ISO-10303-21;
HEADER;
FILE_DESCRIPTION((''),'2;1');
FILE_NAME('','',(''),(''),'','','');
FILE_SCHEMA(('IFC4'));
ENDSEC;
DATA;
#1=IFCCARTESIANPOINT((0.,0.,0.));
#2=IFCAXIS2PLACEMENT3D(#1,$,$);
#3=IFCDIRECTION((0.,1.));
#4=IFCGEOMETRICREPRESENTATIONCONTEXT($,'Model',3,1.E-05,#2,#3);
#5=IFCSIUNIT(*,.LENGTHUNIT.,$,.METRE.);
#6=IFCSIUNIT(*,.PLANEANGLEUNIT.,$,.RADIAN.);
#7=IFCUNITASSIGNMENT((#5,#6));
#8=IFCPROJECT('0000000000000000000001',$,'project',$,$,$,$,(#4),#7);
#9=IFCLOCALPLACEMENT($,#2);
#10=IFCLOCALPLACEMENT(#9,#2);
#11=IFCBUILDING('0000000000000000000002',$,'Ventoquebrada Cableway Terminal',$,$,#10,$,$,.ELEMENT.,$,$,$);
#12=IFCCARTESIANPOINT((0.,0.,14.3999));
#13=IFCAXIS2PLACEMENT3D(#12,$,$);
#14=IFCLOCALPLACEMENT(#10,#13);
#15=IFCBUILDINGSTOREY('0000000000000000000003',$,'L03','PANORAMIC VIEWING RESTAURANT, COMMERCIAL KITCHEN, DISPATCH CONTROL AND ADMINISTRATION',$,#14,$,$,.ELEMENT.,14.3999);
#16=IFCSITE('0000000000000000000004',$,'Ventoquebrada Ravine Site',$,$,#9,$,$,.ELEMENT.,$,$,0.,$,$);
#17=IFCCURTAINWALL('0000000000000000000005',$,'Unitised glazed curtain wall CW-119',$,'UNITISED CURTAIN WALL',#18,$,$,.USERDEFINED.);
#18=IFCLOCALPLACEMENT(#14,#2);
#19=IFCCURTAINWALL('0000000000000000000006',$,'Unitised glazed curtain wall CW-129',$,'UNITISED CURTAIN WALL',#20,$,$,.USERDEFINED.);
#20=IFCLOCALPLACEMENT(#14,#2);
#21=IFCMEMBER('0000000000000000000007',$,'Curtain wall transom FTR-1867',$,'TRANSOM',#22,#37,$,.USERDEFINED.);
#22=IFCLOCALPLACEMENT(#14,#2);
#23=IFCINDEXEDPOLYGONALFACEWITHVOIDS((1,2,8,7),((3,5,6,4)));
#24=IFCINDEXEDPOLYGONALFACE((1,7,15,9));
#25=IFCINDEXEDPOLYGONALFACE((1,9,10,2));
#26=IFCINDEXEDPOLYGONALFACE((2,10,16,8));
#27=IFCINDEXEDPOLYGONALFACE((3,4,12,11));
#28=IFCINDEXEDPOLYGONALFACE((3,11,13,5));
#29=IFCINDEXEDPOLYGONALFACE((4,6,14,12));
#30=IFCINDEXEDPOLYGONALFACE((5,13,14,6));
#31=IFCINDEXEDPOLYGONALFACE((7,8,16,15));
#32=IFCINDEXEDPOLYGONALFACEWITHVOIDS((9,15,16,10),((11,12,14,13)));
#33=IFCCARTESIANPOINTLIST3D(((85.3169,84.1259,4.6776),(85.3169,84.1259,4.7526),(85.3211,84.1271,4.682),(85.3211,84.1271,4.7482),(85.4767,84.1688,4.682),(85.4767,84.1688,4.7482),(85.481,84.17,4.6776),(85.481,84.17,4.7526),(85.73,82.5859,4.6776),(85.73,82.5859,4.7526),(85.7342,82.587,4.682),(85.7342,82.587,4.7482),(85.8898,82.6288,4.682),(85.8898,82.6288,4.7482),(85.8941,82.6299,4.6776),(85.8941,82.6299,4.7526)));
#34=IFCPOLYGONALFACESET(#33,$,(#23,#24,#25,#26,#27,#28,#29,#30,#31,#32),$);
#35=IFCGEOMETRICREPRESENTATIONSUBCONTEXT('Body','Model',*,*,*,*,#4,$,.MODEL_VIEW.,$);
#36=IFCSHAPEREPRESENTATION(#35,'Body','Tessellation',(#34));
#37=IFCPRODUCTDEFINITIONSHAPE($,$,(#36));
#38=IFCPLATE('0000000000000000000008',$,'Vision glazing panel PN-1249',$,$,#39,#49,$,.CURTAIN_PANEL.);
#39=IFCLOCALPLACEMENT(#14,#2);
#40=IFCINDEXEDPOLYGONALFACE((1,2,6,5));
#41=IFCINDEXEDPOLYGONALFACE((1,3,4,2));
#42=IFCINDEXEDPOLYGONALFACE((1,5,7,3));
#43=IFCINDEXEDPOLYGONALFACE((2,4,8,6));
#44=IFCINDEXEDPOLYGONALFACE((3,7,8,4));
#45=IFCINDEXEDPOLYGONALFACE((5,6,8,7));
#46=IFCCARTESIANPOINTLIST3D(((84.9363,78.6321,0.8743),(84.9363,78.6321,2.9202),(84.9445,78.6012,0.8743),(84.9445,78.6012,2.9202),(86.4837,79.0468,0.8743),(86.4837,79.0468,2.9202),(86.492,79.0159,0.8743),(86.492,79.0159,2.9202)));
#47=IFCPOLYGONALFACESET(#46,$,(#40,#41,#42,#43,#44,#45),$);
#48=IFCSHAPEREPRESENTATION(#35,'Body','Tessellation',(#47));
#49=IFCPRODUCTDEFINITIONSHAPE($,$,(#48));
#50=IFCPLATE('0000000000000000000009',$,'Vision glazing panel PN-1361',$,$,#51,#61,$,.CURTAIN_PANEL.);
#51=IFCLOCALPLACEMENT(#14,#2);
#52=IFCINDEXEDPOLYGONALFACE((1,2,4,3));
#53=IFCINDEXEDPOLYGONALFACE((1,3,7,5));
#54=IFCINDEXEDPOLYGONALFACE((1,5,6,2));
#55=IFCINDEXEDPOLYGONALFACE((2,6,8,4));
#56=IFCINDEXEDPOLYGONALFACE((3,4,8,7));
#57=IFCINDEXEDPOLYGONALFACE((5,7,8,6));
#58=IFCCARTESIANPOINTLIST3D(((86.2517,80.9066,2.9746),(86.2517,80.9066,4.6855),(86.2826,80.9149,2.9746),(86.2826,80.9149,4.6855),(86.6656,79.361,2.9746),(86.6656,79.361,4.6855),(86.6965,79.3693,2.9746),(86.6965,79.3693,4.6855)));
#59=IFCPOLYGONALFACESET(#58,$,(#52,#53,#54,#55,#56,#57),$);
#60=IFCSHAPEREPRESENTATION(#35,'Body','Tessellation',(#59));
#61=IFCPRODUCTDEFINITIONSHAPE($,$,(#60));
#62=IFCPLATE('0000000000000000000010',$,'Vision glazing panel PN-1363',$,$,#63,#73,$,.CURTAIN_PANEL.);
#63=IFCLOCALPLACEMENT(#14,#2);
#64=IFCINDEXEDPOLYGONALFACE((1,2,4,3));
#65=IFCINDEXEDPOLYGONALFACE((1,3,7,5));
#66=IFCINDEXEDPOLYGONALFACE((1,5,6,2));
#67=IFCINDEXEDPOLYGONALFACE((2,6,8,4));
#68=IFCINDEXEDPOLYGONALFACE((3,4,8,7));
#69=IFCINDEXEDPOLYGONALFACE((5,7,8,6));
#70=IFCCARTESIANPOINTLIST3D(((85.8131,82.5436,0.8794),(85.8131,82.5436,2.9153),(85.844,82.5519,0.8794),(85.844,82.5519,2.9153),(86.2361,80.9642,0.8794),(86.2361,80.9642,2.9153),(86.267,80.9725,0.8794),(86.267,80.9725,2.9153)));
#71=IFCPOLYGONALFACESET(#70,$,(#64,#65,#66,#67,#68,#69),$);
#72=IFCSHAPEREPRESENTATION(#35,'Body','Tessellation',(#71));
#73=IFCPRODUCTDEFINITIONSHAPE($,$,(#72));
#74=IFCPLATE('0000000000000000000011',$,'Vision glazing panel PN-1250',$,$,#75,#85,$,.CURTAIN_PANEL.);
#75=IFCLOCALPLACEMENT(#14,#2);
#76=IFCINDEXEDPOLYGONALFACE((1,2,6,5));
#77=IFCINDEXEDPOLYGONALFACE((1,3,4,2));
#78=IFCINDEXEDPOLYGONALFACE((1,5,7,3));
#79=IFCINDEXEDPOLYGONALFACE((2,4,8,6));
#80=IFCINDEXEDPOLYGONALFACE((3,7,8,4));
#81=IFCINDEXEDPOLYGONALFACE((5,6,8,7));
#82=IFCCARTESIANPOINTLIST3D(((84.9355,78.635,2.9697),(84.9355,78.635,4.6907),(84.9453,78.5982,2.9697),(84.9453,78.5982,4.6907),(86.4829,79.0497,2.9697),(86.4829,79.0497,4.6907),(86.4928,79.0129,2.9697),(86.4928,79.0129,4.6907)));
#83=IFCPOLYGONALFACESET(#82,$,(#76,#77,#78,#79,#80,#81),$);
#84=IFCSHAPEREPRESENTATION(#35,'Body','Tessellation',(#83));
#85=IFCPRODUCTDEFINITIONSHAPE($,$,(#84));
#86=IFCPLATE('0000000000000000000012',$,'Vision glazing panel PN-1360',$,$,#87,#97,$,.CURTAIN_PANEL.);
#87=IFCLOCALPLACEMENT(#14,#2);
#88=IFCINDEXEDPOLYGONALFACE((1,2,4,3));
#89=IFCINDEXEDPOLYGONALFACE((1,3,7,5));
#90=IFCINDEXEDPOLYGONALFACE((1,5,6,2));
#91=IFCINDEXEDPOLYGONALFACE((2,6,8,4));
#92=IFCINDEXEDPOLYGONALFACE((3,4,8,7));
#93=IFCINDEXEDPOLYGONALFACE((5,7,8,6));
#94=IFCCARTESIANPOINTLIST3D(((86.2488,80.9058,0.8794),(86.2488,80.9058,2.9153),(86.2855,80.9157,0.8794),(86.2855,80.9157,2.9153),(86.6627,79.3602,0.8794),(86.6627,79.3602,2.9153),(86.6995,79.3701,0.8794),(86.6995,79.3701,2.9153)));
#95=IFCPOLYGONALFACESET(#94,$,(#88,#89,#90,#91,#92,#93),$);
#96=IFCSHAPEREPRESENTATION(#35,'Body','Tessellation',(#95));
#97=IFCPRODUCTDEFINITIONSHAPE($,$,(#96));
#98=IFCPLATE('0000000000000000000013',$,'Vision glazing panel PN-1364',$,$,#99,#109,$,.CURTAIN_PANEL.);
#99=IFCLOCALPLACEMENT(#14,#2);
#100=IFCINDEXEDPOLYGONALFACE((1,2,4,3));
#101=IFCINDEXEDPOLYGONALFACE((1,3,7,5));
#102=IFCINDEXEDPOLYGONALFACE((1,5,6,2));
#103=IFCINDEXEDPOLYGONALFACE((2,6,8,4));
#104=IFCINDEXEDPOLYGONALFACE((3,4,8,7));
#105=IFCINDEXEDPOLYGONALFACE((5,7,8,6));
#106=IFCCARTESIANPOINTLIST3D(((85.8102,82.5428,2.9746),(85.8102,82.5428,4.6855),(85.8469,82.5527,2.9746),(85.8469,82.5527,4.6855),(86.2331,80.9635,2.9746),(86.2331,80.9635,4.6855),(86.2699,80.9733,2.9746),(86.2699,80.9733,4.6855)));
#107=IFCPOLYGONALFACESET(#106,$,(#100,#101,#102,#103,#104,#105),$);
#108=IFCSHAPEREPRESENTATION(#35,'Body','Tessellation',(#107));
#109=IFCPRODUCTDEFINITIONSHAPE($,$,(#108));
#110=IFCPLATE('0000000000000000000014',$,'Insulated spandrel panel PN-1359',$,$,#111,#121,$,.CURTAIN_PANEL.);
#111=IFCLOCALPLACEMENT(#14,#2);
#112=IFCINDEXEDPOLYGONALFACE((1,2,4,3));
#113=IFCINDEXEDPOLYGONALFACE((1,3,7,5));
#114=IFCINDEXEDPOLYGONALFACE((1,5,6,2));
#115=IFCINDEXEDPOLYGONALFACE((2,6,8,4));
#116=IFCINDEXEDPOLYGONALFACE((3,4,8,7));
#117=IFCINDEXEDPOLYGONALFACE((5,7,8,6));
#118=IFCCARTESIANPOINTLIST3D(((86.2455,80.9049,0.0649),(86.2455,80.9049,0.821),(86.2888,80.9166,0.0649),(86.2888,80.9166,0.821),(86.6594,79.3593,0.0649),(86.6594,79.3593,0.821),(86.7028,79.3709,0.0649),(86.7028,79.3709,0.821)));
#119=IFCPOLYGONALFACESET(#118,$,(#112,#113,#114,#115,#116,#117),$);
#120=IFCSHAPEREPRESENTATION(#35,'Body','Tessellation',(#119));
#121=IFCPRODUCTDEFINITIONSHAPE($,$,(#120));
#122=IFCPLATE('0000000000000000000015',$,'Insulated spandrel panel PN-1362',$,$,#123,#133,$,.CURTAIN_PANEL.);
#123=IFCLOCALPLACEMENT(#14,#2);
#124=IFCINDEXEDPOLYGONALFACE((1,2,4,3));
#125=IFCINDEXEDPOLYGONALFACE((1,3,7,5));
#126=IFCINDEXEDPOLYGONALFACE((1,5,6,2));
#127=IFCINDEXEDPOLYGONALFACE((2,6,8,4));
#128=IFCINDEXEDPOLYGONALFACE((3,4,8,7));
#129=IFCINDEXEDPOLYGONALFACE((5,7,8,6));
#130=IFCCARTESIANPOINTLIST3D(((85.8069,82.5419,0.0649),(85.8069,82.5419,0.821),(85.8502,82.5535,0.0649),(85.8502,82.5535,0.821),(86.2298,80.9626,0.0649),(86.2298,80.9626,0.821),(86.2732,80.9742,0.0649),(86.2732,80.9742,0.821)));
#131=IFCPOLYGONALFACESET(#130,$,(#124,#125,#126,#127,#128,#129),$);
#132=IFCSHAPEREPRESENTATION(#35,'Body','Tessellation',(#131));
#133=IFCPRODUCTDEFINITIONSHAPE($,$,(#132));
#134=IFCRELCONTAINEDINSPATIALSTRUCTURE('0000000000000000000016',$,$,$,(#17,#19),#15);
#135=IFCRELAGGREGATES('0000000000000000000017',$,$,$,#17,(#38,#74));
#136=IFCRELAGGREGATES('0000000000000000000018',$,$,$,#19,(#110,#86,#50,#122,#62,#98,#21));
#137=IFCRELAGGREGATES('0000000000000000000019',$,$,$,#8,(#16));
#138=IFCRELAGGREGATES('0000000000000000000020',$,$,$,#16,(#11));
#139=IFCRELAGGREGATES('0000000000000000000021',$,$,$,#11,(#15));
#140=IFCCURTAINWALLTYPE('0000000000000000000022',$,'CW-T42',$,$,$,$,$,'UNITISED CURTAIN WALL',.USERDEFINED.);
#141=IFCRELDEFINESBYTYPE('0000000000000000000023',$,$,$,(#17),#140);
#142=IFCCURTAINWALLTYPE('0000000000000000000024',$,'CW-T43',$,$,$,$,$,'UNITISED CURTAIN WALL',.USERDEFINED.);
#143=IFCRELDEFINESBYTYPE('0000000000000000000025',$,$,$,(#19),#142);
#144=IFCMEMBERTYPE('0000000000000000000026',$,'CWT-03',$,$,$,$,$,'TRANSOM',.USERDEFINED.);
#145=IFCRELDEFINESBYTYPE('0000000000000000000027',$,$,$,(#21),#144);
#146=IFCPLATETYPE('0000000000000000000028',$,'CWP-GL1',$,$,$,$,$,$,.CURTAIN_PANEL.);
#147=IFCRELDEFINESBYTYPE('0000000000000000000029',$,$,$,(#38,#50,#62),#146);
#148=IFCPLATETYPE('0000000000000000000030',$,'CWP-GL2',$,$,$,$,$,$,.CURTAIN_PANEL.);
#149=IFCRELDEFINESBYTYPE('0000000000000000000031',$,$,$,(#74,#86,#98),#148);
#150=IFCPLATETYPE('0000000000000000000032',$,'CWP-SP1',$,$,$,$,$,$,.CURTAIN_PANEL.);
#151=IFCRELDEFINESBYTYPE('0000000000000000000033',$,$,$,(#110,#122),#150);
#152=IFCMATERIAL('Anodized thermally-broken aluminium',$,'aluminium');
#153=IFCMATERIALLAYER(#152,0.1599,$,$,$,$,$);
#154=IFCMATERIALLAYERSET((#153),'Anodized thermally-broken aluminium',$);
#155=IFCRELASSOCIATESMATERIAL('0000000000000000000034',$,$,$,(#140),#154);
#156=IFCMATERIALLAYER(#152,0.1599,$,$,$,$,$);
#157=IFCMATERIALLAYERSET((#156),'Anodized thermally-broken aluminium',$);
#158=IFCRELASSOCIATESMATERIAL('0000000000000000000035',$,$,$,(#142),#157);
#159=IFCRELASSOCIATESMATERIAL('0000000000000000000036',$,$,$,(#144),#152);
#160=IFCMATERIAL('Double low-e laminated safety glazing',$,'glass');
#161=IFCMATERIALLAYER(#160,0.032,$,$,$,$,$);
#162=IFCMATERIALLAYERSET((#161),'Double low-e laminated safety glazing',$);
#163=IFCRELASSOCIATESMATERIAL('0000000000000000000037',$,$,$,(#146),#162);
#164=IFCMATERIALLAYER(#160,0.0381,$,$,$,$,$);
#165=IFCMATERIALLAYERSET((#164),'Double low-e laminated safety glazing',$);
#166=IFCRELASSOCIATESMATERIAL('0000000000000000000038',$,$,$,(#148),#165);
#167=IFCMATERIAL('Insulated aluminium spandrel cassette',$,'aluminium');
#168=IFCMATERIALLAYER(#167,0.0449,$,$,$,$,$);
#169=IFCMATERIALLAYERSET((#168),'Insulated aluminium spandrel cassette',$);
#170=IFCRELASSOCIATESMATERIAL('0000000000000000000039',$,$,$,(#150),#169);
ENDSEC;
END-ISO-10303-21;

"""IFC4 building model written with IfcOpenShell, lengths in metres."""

from ifc_helpers import new_model, si_unit, direction, frame, origin, origin_2d, place, context, subcontext, project, spatial, rectangle, hollow_rectangle, extrude, material, layer, layer_set, material_profile, profile_set, type_object, element, aggregate, save


model = new_model("IFC4")

# Units and contexts
model_context = context("Model", 3, precision=1e-05, world=origin(), true_north=direction((0.0, 1.0)))
body_context = subcontext(model_context, "Body", "Model", "MODEL_VIEW")
ifc_project = project(units=[si_unit("LENGTHUNIT", "METRE"), si_unit("PLANEANGLEUNIT", "RADIAN")], contexts=[model_context])

# Site, building, storey
site_placement = place(None, origin())
site = spatial("IfcSite", under=ifc_project, at=site_placement, Name="Ventoquebrada Ravine Site", CompositionType="ELEMENT", RefElevation=0.0)
building_placement = place(site_placement, origin())
building = spatial("IfcBuilding", under=site, at=building_placement, Name="Ventoquebrada Cableway Terminal", CompositionType="ELEMENT")
storey_placement = place(building_placement, frame((0.0, 0.0, 14.3999)))
storey = spatial("IfcBuildingStorey", under=building, at=storey_placement, Name="L03", Description="PANORAMIC VIEWING RESTAURANT, COMMERCIAL KITCHEN, DISPATCH CONTROL AND ADMINISTRATION", CompositionType="ELEMENT", Elevation=14.3999)

# Curtain wall
ifc_material_1 = material(Name="Anodized thermally-broken aluminium", Category="aluminium")
ifc_layer_1 = layer(ifc_material_1, 0.1599)
ifc_layer_set_1 = layer_set([ifc_layer_1], Name="Anodized thermally-broken aluminium")
curtain_wall_type_1 = type_object("IfcCurtainWallType", Name="CW-T42", ElementType="UNITISED CURTAIN WALL", PredefinedType="USERDEFINED", material=ifc_layer_set_1)
curtain_wall_1_placement = place(storey_placement, origin())
curtain_wall_1 = element("IfcCurtainWall", 1, at=curtain_wall_1_placement, inside=storey, type_object=curtain_wall_type_1, Name="Unitised glazed curtain wall CW-119", ObjectType="UNITISED CURTAIN WALL", PredefinedType="USERDEFINED")

# Curtain wall, member
ifc_layer_2 = layer(ifc_material_1, 0.1599)
ifc_layer_set_2 = layer_set([ifc_layer_2], Name="Anodized thermally-broken aluminium")
curtain_wall_type_2 = type_object("IfcCurtainWallType", Name="CW-T43", ElementType="UNITISED CURTAIN WALL", PredefinedType="USERDEFINED", material=ifc_layer_set_2)
curtain_wall_2_placement = place(storey_placement, origin())
curtain_wall_2 = element("IfcCurtainWall", 2, at=curtain_wall_2_placement, inside=storey, type_object=curtain_wall_type_2, Name="Unitised glazed curtain wall CW-129", ObjectType="UNITISED CURTAIN WALL", PredefinedType="USERDEFINED")
ifc_material_profile_1 = material_profile(ifc_material_1, hollow_rectangle(XDim=0.075, YDim=0.1699, WallThickness=0.0044, at=origin_2d()), Name="CW-TRN-75X170")
ifc_profile_set_1 = profile_set([ifc_material_profile_1], Name="Anodized thermally-broken aluminium")
member_type_1 = type_object("IfcMemberType", Name="CWT-03", ElementType="TRANSOM", PredefinedType="USERDEFINED", material=ifc_profile_set_1)
member_1_placement = place(storey_placement, frame((85.812, 82.6079, 4.7151), z_axis=(-0.259073, 0.965858, 0.0), x_axis=(0.0, 0.0, 1.0)))
member_1 = element("IfcMember", 3, at=member_1_placement, type_object=member_type_1, Name="Curtain wall transom FTR-1867", ObjectType="TRANSOM", PredefinedType="USERDEFINED", context=body_context, shape_type="SweptSolid", body=[
    extrude(hollow_rectangle(XDim=0.075, YDim=0.1699, WallThickness=0.0044, at=origin_2d()), origin(), (0.0, 0.0, 1.0), 1.5945),
])

# Plates
ifc_material_2 = material(Name="Double low-e laminated safety glazing", Category="glass")
ifc_layer_3 = layer(ifc_material_2, 0.032)
ifc_layer_set_3 = layer_set([ifc_layer_3], Name="Double low-e laminated safety glazing")
plate_type_1 = type_object("IfcPlateType", Name="CWP-GL1", PredefinedType="CURTAIN_PANEL", material=ifc_layer_set_3)
plate_1_placement = place(storey_placement, frame((85.7141, 78.824, 0.8743), z_axis=(0.0, 0.0, 1.0), x_axis=(0.965912, 0.25887, 0.0)))
plate_1 = element("IfcPlate", 4, at=plate_1_placement, type_object=plate_type_1, Name="Vision glazing panel PN-1249", PredefinedType="CURTAIN_PANEL", context=body_context, shape_type="SweptSolid", body=[
    extrude(rectangle(XDim=1.6021, YDim=0.032, at=origin_2d()), origin(), (0.0, 0.0, 1.0), 2.0459),
])
plate_2_placement = place(storey_placement, frame((86.4741, 80.1379, 2.9746), z_axis=(0.0, 0.0, 1.0), x_axis=(-0.258701, 0.965957, 0.0)))
plate_2 = element("IfcPlate", 5, at=plate_2_placement, type_object=plate_type_1, Name="Vision glazing panel PN-1361", PredefinedType="CURTAIN_PANEL", context=body_context, shape_type="SweptSolid", body=[
    extrude(rectangle(XDim=1.6001, YDim=0.032, at=origin_2d()), origin(), (0.0, 0.0, 1.0), 1.7109),
])
plate_3_placement = place(storey_placement, frame((86.04, 81.7581, 0.8794), z_axis=(0.0, 0.0, 1.0), x_axis=(-0.258701, 0.965957, 0.0)))
plate_3 = element("IfcPlate", 6, at=plate_3_placement, type_object=plate_type_1, Name="Vision glazing panel PN-1363", PredefinedType="CURTAIN_PANEL", context=body_context, shape_type="SweptSolid", body=[
    extrude(rectangle(XDim=1.635, YDim=0.032, at=origin_2d()), origin(), (0.0, 0.0, 1.0), 2.0359),
])
ifc_layer_4 = layer(ifc_material_2, 0.0381)
ifc_layer_set_4 = layer_set([ifc_layer_4], Name="Double low-e laminated safety glazing")
plate_type_2 = type_object("IfcPlateType", Name="CWP-GL2", PredefinedType="CURTAIN_PANEL", material=ifc_layer_set_4)
plate_4_placement = place(storey_placement, frame((85.7141, 78.824, 2.9697), z_axis=(0.0, 0.0, 1.0), x_axis=(0.965912, 0.25887, 0.0)))
plate_4 = element("IfcPlate", 7, at=plate_4_placement, type_object=plate_type_2, Name="Vision glazing panel PN-1250", PredefinedType="CURTAIN_PANEL", context=body_context, shape_type="SweptSolid", body=[
    extrude(rectangle(XDim=1.6021, YDim=0.0381, at=origin_2d()), origin(), (0.0, 0.0, 1.0), 1.7209),
])
aggregate(curtain_wall_1, [plate_1, plate_4])
plate_5_placement = place(storey_placement, frame((86.4741, 80.1379, 0.8794), z_axis=(0.0, 0.0, 1.0), x_axis=(-0.258701, 0.965957, 0.0)))
plate_5 = element("IfcPlate", 8, at=plate_5_placement, type_object=plate_type_2, Name="Vision glazing panel PN-1360", PredefinedType="CURTAIN_PANEL", context=body_context, shape_type="SweptSolid", body=[
    extrude(rectangle(XDim=1.6001, YDim=0.0381, at=origin_2d()), origin(), (0.0, 0.0, 1.0), 2.0359),
])
plate_6_placement = place(storey_placement, frame((86.04, 81.7581, 2.9746), z_axis=(0.0, 0.0, 1.0), x_axis=(-0.258701, 0.965957, 0.0)))
plate_6 = element("IfcPlate", 9, at=plate_6_placement, type_object=plate_type_2, Name="Vision glazing panel PN-1364", PredefinedType="CURTAIN_PANEL", context=body_context, shape_type="SweptSolid", body=[
    extrude(rectangle(XDim=1.635, YDim=0.0381, at=origin_2d()), origin(), (0.0, 0.0, 1.0), 1.7109),
])
ifc_material_3 = material(Name="Insulated aluminium spandrel cassette", Category="aluminium")
ifc_layer_5 = layer(ifc_material_3, 0.0449)
ifc_layer_set_5 = layer_set([ifc_layer_5], Name="Insulated aluminium spandrel cassette")
plate_type_3 = type_object("IfcPlateType", Name="CWP-SP1", PredefinedType="CURTAIN_PANEL", material=ifc_layer_set_5)
plate_7_placement = place(storey_placement, frame((86.4741, 80.1379, 0.0649), z_axis=(0.0, 0.0, 1.0), x_axis=(-0.258701, 0.965957, 0.0)))
plate_7 = element("IfcPlate", 10, at=plate_7_placement, type_object=plate_type_3, Name="Insulated spandrel panel PN-1359", PredefinedType="CURTAIN_PANEL", context=body_context, shape_type="SweptSolid", body=[
    extrude(rectangle(XDim=1.6001, YDim=0.0449, at=origin_2d()), origin(), (0.0, 0.0, 1.0), 0.7561),
])
plate_8_placement = place(storey_placement, frame((86.04, 81.7581, 0.0649), z_axis=(0.0, 0.0, 1.0), x_axis=(-0.258701, 0.965957, 0.0)))
plate_8 = element("IfcPlate", 11, at=plate_8_placement, type_object=plate_type_3, Name="Insulated spandrel panel PN-1362", PredefinedType="CURTAIN_PANEL", context=body_context, shape_type="SweptSolid", body=[
    extrude(rectangle(XDim=1.635, YDim=0.0449, at=origin_2d()), origin(), (0.0, 0.0, 1.0), 0.7561),
])
aggregate(curtain_wall_2, [plate_7, plate_5, plate_2, plate_8, plate_3, plate_6, member_1])

save(model, "model.ifc")
